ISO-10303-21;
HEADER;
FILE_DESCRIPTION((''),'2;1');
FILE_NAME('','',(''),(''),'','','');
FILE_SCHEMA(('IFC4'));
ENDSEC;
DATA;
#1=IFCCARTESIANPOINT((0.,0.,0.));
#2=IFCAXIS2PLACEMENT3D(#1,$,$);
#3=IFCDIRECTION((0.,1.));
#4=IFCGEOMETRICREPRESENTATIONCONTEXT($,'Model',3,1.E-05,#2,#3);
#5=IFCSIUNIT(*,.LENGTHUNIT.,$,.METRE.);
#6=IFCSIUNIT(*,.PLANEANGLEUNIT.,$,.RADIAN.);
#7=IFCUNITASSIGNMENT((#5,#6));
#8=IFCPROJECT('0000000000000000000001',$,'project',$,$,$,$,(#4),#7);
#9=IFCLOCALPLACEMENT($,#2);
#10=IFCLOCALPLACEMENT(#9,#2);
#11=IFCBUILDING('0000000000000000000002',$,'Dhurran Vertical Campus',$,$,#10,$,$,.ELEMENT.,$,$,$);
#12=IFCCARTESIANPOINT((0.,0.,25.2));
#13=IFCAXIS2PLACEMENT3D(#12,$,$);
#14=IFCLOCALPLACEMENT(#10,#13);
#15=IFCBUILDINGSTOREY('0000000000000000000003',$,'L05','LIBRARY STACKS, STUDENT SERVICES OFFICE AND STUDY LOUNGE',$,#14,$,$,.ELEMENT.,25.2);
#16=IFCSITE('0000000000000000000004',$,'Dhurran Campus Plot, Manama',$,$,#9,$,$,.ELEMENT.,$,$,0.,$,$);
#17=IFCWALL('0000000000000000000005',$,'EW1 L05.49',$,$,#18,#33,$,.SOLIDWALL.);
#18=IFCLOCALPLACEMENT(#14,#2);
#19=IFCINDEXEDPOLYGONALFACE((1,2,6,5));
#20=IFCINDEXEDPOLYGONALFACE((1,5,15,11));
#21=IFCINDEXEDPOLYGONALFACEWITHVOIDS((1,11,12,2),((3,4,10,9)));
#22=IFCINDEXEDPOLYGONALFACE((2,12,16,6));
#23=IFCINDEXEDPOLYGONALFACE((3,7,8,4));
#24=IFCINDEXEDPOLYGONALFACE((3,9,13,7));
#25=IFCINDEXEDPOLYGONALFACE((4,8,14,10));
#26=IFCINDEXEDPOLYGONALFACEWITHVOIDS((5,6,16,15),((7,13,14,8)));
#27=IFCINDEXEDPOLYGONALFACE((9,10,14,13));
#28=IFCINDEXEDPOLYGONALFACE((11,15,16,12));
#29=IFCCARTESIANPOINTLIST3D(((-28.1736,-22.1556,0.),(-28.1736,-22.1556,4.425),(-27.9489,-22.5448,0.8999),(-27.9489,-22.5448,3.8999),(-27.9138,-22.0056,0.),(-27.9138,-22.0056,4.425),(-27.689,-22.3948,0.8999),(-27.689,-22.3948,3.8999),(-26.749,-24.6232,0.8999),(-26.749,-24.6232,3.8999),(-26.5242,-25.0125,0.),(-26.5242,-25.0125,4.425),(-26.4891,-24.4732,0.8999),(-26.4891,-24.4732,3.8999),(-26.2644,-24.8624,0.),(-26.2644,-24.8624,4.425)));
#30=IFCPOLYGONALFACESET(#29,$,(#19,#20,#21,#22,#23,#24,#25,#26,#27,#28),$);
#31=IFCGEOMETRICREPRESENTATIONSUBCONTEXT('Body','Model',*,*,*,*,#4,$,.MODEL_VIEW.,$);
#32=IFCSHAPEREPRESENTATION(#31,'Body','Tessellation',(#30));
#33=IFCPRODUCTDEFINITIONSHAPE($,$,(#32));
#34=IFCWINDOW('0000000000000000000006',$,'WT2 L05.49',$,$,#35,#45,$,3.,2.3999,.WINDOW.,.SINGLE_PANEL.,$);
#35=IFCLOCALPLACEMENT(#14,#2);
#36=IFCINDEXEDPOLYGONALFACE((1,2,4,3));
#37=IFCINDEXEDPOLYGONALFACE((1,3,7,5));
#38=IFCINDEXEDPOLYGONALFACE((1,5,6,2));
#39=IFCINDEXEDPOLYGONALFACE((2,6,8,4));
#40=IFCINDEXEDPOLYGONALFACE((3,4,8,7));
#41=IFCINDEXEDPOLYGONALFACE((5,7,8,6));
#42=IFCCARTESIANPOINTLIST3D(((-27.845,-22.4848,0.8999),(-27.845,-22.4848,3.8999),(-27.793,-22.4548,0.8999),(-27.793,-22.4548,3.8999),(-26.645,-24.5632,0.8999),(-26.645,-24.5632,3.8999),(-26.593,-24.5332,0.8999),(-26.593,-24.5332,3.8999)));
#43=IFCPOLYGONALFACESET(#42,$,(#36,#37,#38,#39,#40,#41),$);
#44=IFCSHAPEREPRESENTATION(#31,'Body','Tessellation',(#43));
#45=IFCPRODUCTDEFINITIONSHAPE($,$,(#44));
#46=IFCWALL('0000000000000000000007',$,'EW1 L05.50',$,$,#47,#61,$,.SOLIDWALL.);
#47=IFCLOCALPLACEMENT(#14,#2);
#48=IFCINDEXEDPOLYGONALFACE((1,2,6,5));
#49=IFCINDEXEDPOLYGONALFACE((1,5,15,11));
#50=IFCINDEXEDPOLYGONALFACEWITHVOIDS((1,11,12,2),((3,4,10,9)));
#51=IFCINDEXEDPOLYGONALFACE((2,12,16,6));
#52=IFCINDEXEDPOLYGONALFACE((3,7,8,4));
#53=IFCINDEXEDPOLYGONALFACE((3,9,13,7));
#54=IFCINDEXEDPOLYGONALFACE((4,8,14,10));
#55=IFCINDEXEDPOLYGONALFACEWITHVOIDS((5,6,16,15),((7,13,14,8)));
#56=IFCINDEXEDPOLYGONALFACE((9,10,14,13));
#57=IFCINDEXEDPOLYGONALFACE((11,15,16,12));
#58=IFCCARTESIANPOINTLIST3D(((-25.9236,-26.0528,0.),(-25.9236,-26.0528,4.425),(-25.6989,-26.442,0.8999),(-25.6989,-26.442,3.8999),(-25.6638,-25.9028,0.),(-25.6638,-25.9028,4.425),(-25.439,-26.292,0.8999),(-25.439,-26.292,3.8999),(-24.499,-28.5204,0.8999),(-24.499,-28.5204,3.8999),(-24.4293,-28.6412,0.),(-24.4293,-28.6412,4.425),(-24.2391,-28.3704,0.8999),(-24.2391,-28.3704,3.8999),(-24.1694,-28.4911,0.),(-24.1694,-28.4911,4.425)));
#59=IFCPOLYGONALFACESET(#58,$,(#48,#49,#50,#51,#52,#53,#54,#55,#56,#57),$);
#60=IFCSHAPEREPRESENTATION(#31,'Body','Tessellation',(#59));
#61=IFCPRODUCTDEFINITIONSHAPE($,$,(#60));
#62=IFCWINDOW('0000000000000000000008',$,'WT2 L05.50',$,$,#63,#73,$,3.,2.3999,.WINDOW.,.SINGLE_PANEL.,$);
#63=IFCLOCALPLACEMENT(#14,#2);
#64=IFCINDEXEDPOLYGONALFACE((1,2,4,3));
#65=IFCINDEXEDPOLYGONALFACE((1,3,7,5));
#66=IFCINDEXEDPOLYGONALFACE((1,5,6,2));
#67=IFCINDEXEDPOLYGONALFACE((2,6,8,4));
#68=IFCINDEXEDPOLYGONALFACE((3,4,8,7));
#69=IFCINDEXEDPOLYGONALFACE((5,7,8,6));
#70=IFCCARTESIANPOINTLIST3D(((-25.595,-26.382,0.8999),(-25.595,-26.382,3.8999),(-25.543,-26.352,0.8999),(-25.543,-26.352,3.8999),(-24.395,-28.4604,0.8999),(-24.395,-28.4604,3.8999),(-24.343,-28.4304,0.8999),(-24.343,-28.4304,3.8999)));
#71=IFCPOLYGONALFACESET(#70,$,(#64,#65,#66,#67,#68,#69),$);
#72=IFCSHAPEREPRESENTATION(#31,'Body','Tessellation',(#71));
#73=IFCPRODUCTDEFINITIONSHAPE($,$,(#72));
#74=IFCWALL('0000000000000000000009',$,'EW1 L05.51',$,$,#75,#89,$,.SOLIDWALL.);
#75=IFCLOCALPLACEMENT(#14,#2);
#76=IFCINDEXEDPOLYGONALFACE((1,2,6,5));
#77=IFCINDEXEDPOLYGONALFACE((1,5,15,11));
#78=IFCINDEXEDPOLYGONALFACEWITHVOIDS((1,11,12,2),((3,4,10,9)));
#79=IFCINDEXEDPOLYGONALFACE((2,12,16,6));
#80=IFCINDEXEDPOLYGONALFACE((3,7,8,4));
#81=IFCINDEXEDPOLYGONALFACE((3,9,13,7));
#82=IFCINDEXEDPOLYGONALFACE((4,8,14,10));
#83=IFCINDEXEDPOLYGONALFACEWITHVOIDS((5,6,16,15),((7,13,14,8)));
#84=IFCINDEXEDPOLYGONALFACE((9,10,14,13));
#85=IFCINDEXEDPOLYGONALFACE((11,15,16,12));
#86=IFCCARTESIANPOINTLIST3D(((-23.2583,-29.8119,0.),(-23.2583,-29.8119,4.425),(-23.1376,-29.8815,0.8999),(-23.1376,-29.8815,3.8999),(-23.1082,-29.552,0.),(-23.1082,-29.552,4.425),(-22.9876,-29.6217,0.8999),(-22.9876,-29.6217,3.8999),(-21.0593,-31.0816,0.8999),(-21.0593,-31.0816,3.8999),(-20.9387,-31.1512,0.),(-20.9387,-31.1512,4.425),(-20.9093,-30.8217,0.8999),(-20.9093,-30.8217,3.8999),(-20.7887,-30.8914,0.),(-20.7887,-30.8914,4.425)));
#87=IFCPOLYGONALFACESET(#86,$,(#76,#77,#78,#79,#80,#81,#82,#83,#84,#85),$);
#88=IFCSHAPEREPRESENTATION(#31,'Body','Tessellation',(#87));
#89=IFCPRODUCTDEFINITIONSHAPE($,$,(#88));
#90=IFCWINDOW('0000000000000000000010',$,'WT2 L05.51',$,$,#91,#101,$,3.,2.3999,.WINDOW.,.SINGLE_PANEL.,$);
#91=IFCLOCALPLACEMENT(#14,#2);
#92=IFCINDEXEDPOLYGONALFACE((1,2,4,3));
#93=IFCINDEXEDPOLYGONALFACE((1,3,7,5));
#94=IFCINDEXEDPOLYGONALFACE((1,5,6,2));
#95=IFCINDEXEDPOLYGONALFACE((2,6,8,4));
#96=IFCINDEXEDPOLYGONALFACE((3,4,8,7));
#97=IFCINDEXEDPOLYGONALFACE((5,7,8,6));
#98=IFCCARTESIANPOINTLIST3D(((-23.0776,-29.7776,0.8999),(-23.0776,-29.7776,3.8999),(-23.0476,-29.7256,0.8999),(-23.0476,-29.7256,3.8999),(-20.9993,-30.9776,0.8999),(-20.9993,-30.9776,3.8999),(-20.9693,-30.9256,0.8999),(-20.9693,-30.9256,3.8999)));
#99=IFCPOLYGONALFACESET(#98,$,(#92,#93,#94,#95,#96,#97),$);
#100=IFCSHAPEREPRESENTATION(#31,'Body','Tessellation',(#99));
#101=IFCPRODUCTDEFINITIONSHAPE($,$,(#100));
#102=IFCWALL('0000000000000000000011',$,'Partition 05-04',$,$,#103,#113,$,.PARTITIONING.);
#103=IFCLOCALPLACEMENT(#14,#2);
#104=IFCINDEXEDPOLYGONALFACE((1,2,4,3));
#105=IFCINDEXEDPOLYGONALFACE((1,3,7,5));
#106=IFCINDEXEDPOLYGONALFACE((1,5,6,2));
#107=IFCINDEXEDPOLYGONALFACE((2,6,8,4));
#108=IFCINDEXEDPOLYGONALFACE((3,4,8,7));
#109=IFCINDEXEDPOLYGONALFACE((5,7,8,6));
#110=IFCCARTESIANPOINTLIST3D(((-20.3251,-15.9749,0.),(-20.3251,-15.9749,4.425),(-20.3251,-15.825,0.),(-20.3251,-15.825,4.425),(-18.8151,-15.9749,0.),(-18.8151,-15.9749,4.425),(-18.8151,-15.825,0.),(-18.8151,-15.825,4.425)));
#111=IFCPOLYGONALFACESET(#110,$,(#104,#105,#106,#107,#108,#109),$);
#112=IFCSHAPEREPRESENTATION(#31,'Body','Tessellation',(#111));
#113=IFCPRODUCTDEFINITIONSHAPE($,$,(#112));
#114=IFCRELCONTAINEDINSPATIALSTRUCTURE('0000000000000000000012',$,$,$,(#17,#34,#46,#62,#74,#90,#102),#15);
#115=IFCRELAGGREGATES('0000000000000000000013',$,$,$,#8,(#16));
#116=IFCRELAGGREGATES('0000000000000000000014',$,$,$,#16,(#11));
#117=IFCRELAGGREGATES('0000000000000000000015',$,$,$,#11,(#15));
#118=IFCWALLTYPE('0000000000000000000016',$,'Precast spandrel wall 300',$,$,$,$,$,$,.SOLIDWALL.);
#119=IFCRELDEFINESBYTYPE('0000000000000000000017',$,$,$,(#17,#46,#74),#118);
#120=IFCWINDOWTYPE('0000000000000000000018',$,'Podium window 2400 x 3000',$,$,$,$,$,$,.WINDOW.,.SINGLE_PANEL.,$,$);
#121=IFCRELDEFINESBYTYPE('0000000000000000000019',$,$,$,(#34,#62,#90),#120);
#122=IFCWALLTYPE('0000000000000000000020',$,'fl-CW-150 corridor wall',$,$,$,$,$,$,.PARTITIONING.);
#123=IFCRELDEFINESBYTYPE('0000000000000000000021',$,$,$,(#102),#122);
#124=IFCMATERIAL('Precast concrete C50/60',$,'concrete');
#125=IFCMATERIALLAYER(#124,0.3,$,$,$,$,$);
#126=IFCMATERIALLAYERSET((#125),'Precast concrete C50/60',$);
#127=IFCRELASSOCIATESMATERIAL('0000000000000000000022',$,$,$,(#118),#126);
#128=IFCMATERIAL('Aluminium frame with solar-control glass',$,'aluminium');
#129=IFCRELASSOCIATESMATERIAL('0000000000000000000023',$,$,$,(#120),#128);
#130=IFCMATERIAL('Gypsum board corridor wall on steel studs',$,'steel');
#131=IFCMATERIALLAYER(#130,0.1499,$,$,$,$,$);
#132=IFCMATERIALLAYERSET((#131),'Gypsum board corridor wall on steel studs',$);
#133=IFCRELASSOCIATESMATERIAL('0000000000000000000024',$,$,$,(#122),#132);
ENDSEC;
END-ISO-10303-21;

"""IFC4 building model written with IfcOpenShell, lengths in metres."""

from ifc_helpers import new_model, si_unit, direction, frame, frame_2d, origin, place, context, subcontext, project, spatial, rectangle, extrude, material, layer, layer_set, type_object, element, fill, save


model = new_model("IFC4")

# Units and contexts
model_context = context("Model", 3, precision=1e-05, world=origin(), true_north=direction((0.0, 1.0)))
body_context = subcontext(model_context, "Body", "Model", "MODEL_VIEW")
ifc_project = project(units=[si_unit("LENGTHUNIT", "METRE"), si_unit("PLANEANGLEUNIT", "RADIAN")], contexts=[model_context])

# Site, building, storey
site_placement = place(None, origin())
site = spatial("IfcSite", under=ifc_project, at=site_placement, Name="Dhurran Campus Plot, Manama", CompositionType="ELEMENT", RefElevation=0.0)
building_placement = place(site_placement, origin())
building = spatial("IfcBuilding", under=site, at=building_placement, Name="Dhurran Vertical Campus", CompositionType="ELEMENT")
storey_placement = place(building_placement, frame((0.0, 0.0, 25.2)))
storey = spatial("IfcBuildingStorey", under=building, at=storey_placement, Name="L05", Description="LIBRARY STACKS, STUDENT SERVICES OFFICE AND STUDY LOUNGE", CompositionType="ELEMENT", Elevation=25.2)

# Walls, openings, windows
ifc_material_1 = material(Name="Precast concrete C50/60", Category="concrete")
ifc_layer_1 = layer(ifc_material_1, 0.3)
ifc_layer_set_1 = layer_set([ifc_layer_1], Name="Precast concrete C50/60")
wall_type_1 = type_object("IfcWallType", Name="Precast spandrel wall 300", PredefinedType="SOLIDWALL", material=ifc_layer_set_1)
ifc_material_2 = material(Name="Aluminium frame with solar-control glass", Category="aluminium")
window_type = type_object("IfcWindowType", Name="Podium window 2400 x 3000", PartitioningType="SINGLE_PANEL", PredefinedType="WINDOW", material=ifc_material_2)
wall_1_placement = place(storey_placement, frame((-28.0437, -22.0806, 0.0), z_axis=(0.0, 0.0, 1.0), x_axis=(0.499992, -0.86603, 0.0)))
wall_1 = element("IfcWall", 1, at=wall_1_placement, inside=storey, type_object=wall_type_1, Name="EW1 L05.49", PredefinedType="SOLIDWALL", context=body_context, shape_type="SweptSolid", body=[
    extrude(rectangle(XDim=3.2988, YDim=0.3, at=frame_2d((1.6494, 0.0))), origin(), (0.0, 0.0, 1.0), 4.425),
])
opening_1_placement = place(wall_1_placement, frame((0.4495, 0.0, 0.8999)))
opening_1 = element("IfcOpeningElement", 2, at=opening_1_placement, cuts=wall_1, PredefinedType="OPENING", context=body_context, shape_type="SweptSolid", body=[
    extrude(rectangle(XDim=2.3999, YDim=3.0, at=frame_2d((1.2, 1.5))), frame((0.0, 0.1599, 0.0), z_axis=(0.0, -1.0, 0.0), x_axis=(1.0, 0.0, 0.0)), (0.0, 0.0, 1.0), 0.3201),
])
window_1_placement = place(opening_1_placement, origin())
window_1 = element("IfcWindow", 3, at=window_1_placement, inside=storey, type_object=window_type, Name="WT2 L05.49", OverallHeight=3.0, OverallWidth=2.3999, PartitioningType="SINGLE_PANEL", PredefinedType="WINDOW", context=body_context, shape_type="SweptSolid", body=[
    extrude(rectangle(XDim=2.3999, YDim=3.0, at=frame_2d((1.2, 1.5))), frame((0.0, 0.03, 0.0), z_axis=(0.0, -1.0, 0.0), x_axis=(1.0, 0.0, 0.0)), (0.0, 0.0, 1.0), 0.0601),
])
fill(opening_1, window_1)
wall_2_placement = place(storey_placement, frame((-25.7937, -25.9778, 0.0), z_axis=(0.0, 0.0, 1.0), x_axis=(0.499996, -0.866028, 0.0)))
wall_2 = element("IfcWall", 4, at=wall_2_placement, inside=storey, type_object=wall_type_1, Name="EW1 L05.50", PredefinedType="SOLIDWALL", context=body_context, shape_type="SweptSolid", body=[
    extrude(rectangle(XDim=2.9888, YDim=0.3, at=frame_2d((1.4944, 0.0))), origin(), (0.0, 0.0, 1.0), 4.425),
])
opening_2_placement = place(wall_2_placement, frame((0.4495, 0.0, 0.8999)))
opening_2 = element("IfcOpeningElement", 5, at=opening_2_placement, cuts=wall_2, PredefinedType="OPENING", context=body_context, shape_type="SweptSolid", body=[
    extrude(rectangle(XDim=2.3999, YDim=3.0, at=frame_2d((1.2, 1.5))), frame((0.0, 0.1599, 0.0), z_axis=(0.0, -1.0, 0.0), x_axis=(1.0, 0.0, 0.0)), (0.0, 0.0, 1.0), 0.3201),
])
window_2_placement = place(opening_2_placement, origin())
window_2 = element("IfcWindow", 6, at=window_2_placement, inside=storey, type_object=window_type, Name="WT2 L05.50", OverallHeight=3.0, OverallWidth=2.3999, PartitioningType="SINGLE_PANEL", PredefinedType="WINDOW", context=body_context, shape_type="SweptSolid", body=[
    extrude(rectangle(XDim=2.3999, YDim=3.0, at=frame_2d((1.2, 1.5))), frame((0.0, 0.03, 0.0), z_axis=(0.0, -1.0, 0.0), x_axis=(1.0, 0.0, 0.0)), (0.0, 0.0, 1.0), 0.0601),
])
fill(opening_2, window_2)
wall_3_placement = place(storey_placement, frame((-23.1833, -29.6819, 0.0), z_axis=(0.0, 0.0, 1.0), x_axis=(0.866002, -0.500041, 0.0)))
wall_3 = element("IfcWall", 7, at=wall_3_placement, inside=storey, type_object=wall_type_1, Name="EW1 L05.51", PredefinedType="SOLIDWALL", context=body_context, shape_type="SweptSolid", body=[
    extrude(rectangle(XDim=2.6785, YDim=0.3, at=frame_2d((1.3394, 0.0))), origin(), (0.0, 0.0, 1.0), 4.425),
])
opening_3_placement = place(wall_3_placement, frame((0.1394, 0.0, 0.8999)))
opening_3 = element("IfcOpeningElement", 8, at=opening_3_placement, cuts=wall_3, PredefinedType="OPENING", context=body_context, shape_type="SweptSolid", body=[
    extrude(rectangle(XDim=2.3999, YDim=3.0, at=frame_2d((1.2, 1.5))), frame((0.0, 0.1599, 0.0), z_axis=(0.0, -1.0, 0.0), x_axis=(1.0, 0.0, 0.0)), (0.0, 0.0, 1.0), 0.3201),
])
window_3_placement = place(opening_3_placement, origin())
window_3 = element("IfcWindow", 9, at=window_3_placement, inside=storey, type_object=window_type, Name="WT2 L05.51", OverallHeight=3.0, OverallWidth=2.3999, PartitioningType="SINGLE_PANEL", PredefinedType="WINDOW", context=body_context, shape_type="SweptSolid", body=[
    extrude(rectangle(XDim=2.3999, YDim=3.0, at=frame_2d((1.2, 1.5))), frame((0.0, 0.03, 0.0), z_axis=(0.0, -1.0, 0.0), x_axis=(1.0, 0.0, 0.0)), (0.0, 0.0, 1.0), 0.0601),
])
fill(opening_3, window_3)

# Wall
ifc_material_3 = material(Name="Gypsum board corridor wall on steel studs", Category="steel")
ifc_layer_2 = layer(ifc_material_3, 0.1499)
ifc_layer_set_2 = layer_set([ifc_layer_2], Name="Gypsum board corridor wall on steel studs")
wall_type_2 = type_object("IfcWallType", Name="fl-CW-150 corridor wall", PredefinedType="PARTITIONING", material=ifc_layer_set_2)
wall_4_placement = place(storey_placement, frame((-20.325, -15.8999, 0.0), z_axis=(0.0, 0.0, 1.0), x_axis=(1.0, 0.0, 0.0)))
element("IfcWall", 10, at=wall_4_placement, inside=storey, type_object=wall_type_2, Name="Partition 05-04", PredefinedType="PARTITIONING", context=body_context, shape_type="SweptSolid", body=[
    extrude(rectangle(XDim=1.51, YDim=0.1499, at=frame_2d((0.7549, 0.0))), origin(), (0.0, 0.0, 1.0), 4.425),
])

save(model, "model.ifc")
